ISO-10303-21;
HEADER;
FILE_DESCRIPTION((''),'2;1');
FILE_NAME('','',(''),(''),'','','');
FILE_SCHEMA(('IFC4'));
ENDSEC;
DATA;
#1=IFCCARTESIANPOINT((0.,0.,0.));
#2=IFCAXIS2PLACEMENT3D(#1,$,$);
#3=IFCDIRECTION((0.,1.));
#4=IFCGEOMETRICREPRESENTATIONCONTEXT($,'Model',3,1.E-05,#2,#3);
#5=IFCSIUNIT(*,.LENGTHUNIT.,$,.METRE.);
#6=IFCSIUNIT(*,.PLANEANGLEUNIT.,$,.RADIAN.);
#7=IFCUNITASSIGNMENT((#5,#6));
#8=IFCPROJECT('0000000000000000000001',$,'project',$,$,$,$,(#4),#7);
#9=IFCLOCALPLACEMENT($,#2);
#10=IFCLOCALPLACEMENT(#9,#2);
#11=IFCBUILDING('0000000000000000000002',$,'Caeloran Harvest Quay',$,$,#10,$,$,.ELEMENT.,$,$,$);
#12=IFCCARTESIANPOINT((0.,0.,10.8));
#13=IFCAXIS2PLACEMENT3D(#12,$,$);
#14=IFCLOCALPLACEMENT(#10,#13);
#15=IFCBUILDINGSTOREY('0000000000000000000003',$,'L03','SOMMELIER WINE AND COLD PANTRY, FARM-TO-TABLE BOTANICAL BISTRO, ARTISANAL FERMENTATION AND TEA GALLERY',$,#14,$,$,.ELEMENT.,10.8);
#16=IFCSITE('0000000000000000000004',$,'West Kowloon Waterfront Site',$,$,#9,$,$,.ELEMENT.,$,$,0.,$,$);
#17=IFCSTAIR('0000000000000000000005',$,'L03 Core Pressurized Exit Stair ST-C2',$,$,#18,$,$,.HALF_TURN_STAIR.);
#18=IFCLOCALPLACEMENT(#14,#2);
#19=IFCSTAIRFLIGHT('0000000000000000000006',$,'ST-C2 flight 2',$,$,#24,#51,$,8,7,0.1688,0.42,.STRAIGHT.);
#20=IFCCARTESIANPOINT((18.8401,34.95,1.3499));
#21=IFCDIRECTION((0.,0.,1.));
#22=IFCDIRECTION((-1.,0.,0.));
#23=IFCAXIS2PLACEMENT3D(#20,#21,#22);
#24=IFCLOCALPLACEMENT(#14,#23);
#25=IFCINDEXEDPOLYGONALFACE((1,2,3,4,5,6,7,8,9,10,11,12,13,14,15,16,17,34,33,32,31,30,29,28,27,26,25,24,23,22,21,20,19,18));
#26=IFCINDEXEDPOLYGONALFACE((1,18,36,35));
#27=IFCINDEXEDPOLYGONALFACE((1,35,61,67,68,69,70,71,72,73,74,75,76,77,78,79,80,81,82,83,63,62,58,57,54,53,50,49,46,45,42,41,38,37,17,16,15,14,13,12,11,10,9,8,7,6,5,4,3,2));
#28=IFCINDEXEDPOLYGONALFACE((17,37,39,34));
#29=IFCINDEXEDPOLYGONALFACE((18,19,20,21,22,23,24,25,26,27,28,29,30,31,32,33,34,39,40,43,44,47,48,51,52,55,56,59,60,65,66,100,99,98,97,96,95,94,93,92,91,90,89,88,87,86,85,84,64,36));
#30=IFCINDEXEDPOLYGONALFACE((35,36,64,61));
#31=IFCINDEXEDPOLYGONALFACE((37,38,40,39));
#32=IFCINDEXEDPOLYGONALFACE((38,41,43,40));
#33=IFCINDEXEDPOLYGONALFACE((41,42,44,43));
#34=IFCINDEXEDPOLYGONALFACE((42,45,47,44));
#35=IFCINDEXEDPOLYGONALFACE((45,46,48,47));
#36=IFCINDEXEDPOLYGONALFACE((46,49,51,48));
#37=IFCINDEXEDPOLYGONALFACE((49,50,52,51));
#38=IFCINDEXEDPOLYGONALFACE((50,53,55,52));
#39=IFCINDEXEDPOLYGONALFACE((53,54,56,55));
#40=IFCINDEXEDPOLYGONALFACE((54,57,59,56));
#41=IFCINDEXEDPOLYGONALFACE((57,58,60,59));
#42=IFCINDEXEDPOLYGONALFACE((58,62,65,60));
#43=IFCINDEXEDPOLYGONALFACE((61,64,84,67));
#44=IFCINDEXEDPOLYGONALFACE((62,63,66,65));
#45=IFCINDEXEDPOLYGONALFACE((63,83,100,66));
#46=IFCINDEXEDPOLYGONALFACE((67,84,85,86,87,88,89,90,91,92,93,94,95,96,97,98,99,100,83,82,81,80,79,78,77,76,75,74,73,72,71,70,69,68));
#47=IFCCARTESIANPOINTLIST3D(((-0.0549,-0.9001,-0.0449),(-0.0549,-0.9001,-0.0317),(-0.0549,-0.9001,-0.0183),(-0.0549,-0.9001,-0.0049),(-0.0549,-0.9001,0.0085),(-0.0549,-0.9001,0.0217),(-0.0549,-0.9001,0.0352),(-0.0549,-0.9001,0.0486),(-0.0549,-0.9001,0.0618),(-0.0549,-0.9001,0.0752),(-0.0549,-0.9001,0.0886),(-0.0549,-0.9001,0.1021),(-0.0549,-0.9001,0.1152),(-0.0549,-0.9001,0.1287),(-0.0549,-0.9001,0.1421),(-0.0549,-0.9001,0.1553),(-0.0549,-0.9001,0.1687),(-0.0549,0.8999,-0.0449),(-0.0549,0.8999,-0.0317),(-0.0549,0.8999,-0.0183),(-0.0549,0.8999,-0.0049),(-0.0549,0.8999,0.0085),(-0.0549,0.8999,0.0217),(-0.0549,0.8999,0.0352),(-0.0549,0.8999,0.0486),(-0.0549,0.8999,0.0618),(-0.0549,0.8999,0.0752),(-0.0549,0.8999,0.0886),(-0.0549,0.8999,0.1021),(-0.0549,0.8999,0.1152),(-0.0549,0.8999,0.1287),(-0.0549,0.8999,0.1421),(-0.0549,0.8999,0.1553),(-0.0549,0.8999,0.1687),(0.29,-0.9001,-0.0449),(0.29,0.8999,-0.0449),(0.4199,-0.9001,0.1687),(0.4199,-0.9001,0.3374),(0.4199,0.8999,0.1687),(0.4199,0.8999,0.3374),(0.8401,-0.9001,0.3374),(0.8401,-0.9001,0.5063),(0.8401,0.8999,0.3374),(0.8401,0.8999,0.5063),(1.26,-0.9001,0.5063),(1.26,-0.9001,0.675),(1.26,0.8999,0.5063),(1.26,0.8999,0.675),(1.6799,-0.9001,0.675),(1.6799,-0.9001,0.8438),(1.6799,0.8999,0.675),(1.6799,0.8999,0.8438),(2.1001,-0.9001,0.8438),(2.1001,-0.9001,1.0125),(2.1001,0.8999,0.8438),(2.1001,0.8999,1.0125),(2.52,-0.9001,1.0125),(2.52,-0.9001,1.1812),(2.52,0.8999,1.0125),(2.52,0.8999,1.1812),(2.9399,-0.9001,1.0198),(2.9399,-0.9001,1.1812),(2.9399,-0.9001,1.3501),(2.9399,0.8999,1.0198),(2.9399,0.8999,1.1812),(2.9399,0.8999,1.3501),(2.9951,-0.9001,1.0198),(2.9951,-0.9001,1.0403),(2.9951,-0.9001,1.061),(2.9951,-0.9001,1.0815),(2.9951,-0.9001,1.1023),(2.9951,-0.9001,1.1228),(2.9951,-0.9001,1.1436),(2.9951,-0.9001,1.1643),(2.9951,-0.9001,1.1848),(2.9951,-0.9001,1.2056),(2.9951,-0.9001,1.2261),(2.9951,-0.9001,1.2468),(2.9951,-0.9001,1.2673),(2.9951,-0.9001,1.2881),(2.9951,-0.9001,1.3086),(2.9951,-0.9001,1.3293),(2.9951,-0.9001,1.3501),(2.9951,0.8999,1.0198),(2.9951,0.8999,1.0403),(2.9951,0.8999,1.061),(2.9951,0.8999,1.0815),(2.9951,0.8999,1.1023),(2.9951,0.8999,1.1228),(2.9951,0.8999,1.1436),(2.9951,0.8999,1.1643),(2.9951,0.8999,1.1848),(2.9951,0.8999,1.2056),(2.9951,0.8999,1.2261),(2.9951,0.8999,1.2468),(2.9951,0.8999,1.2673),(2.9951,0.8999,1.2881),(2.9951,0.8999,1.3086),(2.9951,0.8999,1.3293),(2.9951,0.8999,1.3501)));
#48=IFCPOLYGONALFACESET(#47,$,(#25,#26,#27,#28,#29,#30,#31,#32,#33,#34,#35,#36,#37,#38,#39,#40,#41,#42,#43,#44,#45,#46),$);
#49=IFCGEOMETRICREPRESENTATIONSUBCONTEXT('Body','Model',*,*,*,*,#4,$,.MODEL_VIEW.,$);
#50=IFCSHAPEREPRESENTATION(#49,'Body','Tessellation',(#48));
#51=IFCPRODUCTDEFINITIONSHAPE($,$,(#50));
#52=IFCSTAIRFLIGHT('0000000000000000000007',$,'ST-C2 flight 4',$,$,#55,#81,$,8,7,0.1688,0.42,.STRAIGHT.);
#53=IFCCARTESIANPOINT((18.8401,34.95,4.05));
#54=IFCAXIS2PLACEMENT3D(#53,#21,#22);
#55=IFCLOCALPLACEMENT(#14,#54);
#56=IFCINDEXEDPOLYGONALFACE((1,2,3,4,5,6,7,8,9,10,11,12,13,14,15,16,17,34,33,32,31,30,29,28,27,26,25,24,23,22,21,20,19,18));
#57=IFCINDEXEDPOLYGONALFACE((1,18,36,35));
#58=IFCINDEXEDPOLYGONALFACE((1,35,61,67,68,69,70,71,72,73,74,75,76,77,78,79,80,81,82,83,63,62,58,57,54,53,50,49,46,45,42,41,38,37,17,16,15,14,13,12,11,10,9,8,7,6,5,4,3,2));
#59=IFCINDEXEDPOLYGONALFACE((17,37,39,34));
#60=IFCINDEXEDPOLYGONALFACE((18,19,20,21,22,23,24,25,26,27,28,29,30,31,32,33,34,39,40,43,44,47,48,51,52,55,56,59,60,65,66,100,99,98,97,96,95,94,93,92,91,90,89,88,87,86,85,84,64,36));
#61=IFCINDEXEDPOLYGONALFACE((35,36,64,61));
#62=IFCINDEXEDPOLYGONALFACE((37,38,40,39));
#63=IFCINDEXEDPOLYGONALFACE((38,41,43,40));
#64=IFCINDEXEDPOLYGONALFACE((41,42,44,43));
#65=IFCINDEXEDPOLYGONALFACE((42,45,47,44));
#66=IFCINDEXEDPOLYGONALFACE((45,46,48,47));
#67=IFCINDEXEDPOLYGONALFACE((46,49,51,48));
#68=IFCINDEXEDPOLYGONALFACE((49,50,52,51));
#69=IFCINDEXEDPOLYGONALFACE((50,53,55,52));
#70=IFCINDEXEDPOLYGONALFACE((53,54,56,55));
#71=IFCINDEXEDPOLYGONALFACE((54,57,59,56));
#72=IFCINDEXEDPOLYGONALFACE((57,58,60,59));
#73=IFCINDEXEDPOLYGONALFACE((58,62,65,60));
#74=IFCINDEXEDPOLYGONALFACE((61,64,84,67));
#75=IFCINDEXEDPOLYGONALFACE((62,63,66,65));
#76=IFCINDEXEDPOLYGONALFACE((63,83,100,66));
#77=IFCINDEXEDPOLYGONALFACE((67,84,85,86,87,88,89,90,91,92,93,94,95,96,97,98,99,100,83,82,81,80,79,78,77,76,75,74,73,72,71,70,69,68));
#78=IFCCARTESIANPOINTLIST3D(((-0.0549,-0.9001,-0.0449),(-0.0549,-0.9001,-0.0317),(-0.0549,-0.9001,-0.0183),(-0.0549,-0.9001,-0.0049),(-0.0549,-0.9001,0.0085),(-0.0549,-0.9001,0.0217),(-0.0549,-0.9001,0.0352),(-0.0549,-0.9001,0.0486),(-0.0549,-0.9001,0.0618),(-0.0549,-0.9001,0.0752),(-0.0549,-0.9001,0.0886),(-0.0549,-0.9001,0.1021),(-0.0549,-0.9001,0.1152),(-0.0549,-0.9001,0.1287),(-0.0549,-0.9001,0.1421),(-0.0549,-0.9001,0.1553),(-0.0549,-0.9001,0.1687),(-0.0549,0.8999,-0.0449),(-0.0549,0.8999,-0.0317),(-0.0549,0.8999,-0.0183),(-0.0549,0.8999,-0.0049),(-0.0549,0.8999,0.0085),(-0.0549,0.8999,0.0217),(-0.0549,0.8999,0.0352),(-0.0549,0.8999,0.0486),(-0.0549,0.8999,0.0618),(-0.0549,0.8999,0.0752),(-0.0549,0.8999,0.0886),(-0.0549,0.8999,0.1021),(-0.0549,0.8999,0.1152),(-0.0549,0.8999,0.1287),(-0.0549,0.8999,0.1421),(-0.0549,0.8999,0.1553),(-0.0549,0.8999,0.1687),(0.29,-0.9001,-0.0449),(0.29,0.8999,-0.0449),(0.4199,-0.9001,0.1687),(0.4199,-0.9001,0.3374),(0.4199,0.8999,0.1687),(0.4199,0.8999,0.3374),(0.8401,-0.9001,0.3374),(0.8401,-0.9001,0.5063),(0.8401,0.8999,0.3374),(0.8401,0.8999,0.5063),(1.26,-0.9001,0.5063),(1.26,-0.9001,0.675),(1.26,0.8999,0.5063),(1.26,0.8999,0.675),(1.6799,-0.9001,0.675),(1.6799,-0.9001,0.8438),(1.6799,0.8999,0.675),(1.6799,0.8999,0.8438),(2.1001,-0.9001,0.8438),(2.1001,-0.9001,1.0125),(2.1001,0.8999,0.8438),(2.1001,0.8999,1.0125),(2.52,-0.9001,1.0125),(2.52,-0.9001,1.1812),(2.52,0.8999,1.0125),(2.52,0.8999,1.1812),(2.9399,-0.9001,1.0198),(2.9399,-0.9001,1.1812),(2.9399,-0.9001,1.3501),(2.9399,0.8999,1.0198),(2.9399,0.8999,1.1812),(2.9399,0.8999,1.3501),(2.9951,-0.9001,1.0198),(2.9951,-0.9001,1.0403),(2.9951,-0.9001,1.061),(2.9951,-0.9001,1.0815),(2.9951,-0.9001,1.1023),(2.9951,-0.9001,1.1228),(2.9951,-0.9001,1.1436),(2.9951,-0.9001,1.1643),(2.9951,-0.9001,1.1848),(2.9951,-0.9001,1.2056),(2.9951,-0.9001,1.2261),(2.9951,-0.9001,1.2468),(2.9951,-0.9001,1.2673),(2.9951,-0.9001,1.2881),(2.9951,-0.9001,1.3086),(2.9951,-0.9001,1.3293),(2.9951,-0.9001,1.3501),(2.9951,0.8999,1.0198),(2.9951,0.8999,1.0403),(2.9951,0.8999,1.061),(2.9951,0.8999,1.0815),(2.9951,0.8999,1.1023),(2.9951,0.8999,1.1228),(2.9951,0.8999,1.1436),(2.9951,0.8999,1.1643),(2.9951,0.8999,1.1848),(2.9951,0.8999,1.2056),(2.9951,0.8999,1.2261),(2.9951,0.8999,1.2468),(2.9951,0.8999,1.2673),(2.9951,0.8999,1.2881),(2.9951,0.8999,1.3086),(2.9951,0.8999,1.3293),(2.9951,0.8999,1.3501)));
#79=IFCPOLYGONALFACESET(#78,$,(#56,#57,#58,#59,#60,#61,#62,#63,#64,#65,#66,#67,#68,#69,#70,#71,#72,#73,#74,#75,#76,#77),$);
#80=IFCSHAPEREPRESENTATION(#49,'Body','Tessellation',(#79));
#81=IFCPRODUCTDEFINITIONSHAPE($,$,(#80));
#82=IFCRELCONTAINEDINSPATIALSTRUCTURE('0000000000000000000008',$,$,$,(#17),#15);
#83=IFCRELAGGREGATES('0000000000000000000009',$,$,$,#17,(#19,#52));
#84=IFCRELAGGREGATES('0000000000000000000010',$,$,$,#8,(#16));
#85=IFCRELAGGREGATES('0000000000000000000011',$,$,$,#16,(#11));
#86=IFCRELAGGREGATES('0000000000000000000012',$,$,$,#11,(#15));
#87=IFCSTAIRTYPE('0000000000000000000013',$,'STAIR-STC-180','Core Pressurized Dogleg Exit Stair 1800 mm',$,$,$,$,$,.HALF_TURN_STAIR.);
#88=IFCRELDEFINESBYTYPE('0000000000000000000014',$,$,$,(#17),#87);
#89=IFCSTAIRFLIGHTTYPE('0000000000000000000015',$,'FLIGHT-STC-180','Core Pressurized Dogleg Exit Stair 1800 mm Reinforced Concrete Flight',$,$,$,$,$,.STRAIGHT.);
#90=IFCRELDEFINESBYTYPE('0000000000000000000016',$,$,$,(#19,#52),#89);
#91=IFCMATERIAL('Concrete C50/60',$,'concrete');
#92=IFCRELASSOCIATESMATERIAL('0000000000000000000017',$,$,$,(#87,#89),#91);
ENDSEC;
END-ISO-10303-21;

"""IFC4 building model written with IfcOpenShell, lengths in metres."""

from ifc_helpers import new_model, si_unit, direction, frame, origin, place, context, subcontext, project, spatial, polyline, outline, extrude, material, type_object, element, aggregate, save


model = new_model("IFC4")

# Units and contexts
model_context = context("Model", 3, precision=1e-05, world=origin(), true_north=direction((0.0, 1.0)))
body_context = subcontext(model_context, "Body", "Model", "MODEL_VIEW")
ifc_project = project(units=[si_unit("LENGTHUNIT", "METRE"), si_unit("PLANEANGLEUNIT", "RADIAN")], contexts=[model_context])

# Site, building, storey
site_placement = place(None, origin())
site = spatial("IfcSite", under=ifc_project, at=site_placement, Name="West Kowloon Waterfront Site", CompositionType="ELEMENT", RefElevation=0.0)
building_placement = place(site_placement, origin())
building = spatial("IfcBuilding", under=site, at=building_placement, Name="Caeloran Harvest Quay", CompositionType="ELEMENT")
storey_placement = place(building_placement, frame((0.0, 0.0, 10.8)))
storey = spatial("IfcBuildingStorey", under=building, at=storey_placement, Name="L03", Description="SOMMELIER WINE AND COLD PANTRY, FARM-TO-TABLE BOTANICAL BISTRO, ARTISANAL FERMENTATION AND TEA GALLERY", CompositionType="ELEMENT", Elevation=10.8)

# Shared definitions
ifc_material_1 = material(Name="Concrete C50/60", Category="concrete")

# Stair, stair flights
stair_type = type_object("IfcStairType", Name="STAIR-STC-180", Description="Core Pressurized Dogleg Exit Stair 1800 mm", PredefinedType="HALF_TURN_STAIR", material=ifc_material_1)
stair_flight_type = type_object("IfcStairFlightType", Name="FLIGHT-STC-180", Description="Core Pressurized Dogleg Exit Stair 1800 mm Reinforced Concrete Flight", PredefinedType="STRAIGHT", material=ifc_material_1)
stair_1_placement = place(storey_placement, origin())
stair_1 = element("IfcStair", 1, at=stair_1_placement, inside=storey, type_object=stair_type, Name="L03 Core Pressurized Exit Stair ST-C2", PredefinedType="HALF_TURN_STAIR")
stair_flight_1_placement = place(storey_placement, frame((18.8401, 34.95, 1.3499), z_axis=(0.0, 0.0, 1.0), x_axis=(-1.0, 0.0, 0.0)))
stair_flight_1 = element("IfcStairFlight", 2, at=stair_flight_1_placement, type_object=stair_flight_type, Name="ST-C2 flight 2", NumberOfRisers=8, NumberOfTreads=7, PredefinedType="STRAIGHT", RiserHeight=0.1688, TreadLength=0.42, context=body_context, shape_type="SweptSolid", body=[
    extrude(outline(polyline([(-0.0549, -0.0449), (-0.0549, -0.0317), (-0.0549, -0.0183), (-0.0549, -0.0049), (-0.0549, 0.0085), (-0.0549, 0.0217), (-0.0549, 0.0352), (-0.0549, 0.0486), (-0.0549, 0.0618), (-0.0549, 0.0752), (-0.0549, 0.0886), (-0.0549, 0.1021), (-0.0549, 0.1152), (-0.0549, 0.1287), (-0.0549, 0.1421), (-0.0549, 0.1553), (-0.0549, 0.1687), (0.4199, 0.1687), (0.4199, 0.3374), (0.8401, 0.3374), (0.8401, 0.5063), (1.26, 0.5063), (1.26, 0.675), (1.6799, 0.675), (1.6799, 0.8438), (2.1001, 0.8438), (2.1001, 1.0125), (2.52, 1.0125), (2.52, 1.1812), (2.9399, 1.1812), (2.9399, 1.3501), (2.9951, 1.3501), (2.9951, 1.3293), (2.9951, 1.3086), (2.9951, 1.2881), (2.9951, 1.2673), (2.9951, 1.2468), (2.9951, 1.2261), (2.9951, 1.2056), (2.9951, 1.1848), (2.9951, 1.1643), (2.9951, 1.1436), (2.9951, 1.1228), (2.9951, 1.1023), (2.9951, 1.0815), (2.9951, 1.061), (2.9951, 1.0403), (2.9951, 1.0198), (2.9399, 1.0198), (0.29, -0.0449), (-0.0549, -0.0449)])), frame((0.0, 0.8999, 0.0), z_axis=(0.0, -1.0, 0.0), x_axis=(1.0, 0.0, 0.0)), (0.0, 0.0, 1.0), 1.8),
])
stair_flight_2_placement = place(storey_placement, frame((18.8401, 34.95, 4.05), z_axis=(0.0, 0.0, 1.0), x_axis=(-1.0, 0.0, 0.0)))
stair_flight_2 = element("IfcStairFlight", 3, at=stair_flight_2_placement, type_object=stair_flight_type, Name="ST-C2 flight 4", NumberOfRisers=8, NumberOfTreads=7, PredefinedType="STRAIGHT", RiserHeight=0.1688, TreadLength=0.42, context=body_context, shape_type="SweptSolid", body=[
    extrude(outline(polyline([(-0.0549, -0.0449), (-0.0549, -0.0317), (-0.0549, -0.0183), (-0.0549, -0.0049), (-0.0549, 0.0085), (-0.0549, 0.0217), (-0.0549, 0.0352), (-0.0549, 0.0486), (-0.0549, 0.0618), (-0.0549, 0.0752), (-0.0549, 0.0886), (-0.0549, 0.1021), (-0.0549, 0.1152), (-0.0549, 0.1287), (-0.0549, 0.1421), (-0.0549, 0.1553), (-0.0549, 0.1687), (0.4199, 0.1687), (0.4199, 0.3374), (0.8401, 0.3374), (0.8401, 0.5063), (1.26, 0.5063), (1.26, 0.675), (1.6799, 0.675), (1.6799, 0.8438), (2.1001, 0.8438), (2.1001, 1.0125), (2.52, 1.0125), (2.52, 1.1812), (2.9399, 1.1812), (2.9399, 1.3501), (2.9951, 1.3501), (2.9951, 1.3293), (2.9951, 1.3086), (2.9951, 1.2881), (2.9951, 1.2673), (2.9951, 1.2468), (2.9951, 1.2261), (2.9951, 1.2056), (2.9951, 1.1848), (2.9951, 1.1643), (2.9951, 1.1436), (2.9951, 1.1228), (2.9951, 1.1023), (2.9951, 1.0815), (2.9951, 1.061), (2.9951, 1.0403), (2.9951, 1.0198), (2.9399, 1.0198), (0.29, -0.0449), (-0.0549, -0.0449)])), frame((0.0, 0.8999, 0.0), z_axis=(0.0, -1.0, 0.0), x_axis=(1.0, 0.0, 0.0)), (0.0, 0.0, 1.0), 1.8),
])
aggregate(stair_1, [stair_flight_1, stair_flight_2])

save(model, "model.ifc")
